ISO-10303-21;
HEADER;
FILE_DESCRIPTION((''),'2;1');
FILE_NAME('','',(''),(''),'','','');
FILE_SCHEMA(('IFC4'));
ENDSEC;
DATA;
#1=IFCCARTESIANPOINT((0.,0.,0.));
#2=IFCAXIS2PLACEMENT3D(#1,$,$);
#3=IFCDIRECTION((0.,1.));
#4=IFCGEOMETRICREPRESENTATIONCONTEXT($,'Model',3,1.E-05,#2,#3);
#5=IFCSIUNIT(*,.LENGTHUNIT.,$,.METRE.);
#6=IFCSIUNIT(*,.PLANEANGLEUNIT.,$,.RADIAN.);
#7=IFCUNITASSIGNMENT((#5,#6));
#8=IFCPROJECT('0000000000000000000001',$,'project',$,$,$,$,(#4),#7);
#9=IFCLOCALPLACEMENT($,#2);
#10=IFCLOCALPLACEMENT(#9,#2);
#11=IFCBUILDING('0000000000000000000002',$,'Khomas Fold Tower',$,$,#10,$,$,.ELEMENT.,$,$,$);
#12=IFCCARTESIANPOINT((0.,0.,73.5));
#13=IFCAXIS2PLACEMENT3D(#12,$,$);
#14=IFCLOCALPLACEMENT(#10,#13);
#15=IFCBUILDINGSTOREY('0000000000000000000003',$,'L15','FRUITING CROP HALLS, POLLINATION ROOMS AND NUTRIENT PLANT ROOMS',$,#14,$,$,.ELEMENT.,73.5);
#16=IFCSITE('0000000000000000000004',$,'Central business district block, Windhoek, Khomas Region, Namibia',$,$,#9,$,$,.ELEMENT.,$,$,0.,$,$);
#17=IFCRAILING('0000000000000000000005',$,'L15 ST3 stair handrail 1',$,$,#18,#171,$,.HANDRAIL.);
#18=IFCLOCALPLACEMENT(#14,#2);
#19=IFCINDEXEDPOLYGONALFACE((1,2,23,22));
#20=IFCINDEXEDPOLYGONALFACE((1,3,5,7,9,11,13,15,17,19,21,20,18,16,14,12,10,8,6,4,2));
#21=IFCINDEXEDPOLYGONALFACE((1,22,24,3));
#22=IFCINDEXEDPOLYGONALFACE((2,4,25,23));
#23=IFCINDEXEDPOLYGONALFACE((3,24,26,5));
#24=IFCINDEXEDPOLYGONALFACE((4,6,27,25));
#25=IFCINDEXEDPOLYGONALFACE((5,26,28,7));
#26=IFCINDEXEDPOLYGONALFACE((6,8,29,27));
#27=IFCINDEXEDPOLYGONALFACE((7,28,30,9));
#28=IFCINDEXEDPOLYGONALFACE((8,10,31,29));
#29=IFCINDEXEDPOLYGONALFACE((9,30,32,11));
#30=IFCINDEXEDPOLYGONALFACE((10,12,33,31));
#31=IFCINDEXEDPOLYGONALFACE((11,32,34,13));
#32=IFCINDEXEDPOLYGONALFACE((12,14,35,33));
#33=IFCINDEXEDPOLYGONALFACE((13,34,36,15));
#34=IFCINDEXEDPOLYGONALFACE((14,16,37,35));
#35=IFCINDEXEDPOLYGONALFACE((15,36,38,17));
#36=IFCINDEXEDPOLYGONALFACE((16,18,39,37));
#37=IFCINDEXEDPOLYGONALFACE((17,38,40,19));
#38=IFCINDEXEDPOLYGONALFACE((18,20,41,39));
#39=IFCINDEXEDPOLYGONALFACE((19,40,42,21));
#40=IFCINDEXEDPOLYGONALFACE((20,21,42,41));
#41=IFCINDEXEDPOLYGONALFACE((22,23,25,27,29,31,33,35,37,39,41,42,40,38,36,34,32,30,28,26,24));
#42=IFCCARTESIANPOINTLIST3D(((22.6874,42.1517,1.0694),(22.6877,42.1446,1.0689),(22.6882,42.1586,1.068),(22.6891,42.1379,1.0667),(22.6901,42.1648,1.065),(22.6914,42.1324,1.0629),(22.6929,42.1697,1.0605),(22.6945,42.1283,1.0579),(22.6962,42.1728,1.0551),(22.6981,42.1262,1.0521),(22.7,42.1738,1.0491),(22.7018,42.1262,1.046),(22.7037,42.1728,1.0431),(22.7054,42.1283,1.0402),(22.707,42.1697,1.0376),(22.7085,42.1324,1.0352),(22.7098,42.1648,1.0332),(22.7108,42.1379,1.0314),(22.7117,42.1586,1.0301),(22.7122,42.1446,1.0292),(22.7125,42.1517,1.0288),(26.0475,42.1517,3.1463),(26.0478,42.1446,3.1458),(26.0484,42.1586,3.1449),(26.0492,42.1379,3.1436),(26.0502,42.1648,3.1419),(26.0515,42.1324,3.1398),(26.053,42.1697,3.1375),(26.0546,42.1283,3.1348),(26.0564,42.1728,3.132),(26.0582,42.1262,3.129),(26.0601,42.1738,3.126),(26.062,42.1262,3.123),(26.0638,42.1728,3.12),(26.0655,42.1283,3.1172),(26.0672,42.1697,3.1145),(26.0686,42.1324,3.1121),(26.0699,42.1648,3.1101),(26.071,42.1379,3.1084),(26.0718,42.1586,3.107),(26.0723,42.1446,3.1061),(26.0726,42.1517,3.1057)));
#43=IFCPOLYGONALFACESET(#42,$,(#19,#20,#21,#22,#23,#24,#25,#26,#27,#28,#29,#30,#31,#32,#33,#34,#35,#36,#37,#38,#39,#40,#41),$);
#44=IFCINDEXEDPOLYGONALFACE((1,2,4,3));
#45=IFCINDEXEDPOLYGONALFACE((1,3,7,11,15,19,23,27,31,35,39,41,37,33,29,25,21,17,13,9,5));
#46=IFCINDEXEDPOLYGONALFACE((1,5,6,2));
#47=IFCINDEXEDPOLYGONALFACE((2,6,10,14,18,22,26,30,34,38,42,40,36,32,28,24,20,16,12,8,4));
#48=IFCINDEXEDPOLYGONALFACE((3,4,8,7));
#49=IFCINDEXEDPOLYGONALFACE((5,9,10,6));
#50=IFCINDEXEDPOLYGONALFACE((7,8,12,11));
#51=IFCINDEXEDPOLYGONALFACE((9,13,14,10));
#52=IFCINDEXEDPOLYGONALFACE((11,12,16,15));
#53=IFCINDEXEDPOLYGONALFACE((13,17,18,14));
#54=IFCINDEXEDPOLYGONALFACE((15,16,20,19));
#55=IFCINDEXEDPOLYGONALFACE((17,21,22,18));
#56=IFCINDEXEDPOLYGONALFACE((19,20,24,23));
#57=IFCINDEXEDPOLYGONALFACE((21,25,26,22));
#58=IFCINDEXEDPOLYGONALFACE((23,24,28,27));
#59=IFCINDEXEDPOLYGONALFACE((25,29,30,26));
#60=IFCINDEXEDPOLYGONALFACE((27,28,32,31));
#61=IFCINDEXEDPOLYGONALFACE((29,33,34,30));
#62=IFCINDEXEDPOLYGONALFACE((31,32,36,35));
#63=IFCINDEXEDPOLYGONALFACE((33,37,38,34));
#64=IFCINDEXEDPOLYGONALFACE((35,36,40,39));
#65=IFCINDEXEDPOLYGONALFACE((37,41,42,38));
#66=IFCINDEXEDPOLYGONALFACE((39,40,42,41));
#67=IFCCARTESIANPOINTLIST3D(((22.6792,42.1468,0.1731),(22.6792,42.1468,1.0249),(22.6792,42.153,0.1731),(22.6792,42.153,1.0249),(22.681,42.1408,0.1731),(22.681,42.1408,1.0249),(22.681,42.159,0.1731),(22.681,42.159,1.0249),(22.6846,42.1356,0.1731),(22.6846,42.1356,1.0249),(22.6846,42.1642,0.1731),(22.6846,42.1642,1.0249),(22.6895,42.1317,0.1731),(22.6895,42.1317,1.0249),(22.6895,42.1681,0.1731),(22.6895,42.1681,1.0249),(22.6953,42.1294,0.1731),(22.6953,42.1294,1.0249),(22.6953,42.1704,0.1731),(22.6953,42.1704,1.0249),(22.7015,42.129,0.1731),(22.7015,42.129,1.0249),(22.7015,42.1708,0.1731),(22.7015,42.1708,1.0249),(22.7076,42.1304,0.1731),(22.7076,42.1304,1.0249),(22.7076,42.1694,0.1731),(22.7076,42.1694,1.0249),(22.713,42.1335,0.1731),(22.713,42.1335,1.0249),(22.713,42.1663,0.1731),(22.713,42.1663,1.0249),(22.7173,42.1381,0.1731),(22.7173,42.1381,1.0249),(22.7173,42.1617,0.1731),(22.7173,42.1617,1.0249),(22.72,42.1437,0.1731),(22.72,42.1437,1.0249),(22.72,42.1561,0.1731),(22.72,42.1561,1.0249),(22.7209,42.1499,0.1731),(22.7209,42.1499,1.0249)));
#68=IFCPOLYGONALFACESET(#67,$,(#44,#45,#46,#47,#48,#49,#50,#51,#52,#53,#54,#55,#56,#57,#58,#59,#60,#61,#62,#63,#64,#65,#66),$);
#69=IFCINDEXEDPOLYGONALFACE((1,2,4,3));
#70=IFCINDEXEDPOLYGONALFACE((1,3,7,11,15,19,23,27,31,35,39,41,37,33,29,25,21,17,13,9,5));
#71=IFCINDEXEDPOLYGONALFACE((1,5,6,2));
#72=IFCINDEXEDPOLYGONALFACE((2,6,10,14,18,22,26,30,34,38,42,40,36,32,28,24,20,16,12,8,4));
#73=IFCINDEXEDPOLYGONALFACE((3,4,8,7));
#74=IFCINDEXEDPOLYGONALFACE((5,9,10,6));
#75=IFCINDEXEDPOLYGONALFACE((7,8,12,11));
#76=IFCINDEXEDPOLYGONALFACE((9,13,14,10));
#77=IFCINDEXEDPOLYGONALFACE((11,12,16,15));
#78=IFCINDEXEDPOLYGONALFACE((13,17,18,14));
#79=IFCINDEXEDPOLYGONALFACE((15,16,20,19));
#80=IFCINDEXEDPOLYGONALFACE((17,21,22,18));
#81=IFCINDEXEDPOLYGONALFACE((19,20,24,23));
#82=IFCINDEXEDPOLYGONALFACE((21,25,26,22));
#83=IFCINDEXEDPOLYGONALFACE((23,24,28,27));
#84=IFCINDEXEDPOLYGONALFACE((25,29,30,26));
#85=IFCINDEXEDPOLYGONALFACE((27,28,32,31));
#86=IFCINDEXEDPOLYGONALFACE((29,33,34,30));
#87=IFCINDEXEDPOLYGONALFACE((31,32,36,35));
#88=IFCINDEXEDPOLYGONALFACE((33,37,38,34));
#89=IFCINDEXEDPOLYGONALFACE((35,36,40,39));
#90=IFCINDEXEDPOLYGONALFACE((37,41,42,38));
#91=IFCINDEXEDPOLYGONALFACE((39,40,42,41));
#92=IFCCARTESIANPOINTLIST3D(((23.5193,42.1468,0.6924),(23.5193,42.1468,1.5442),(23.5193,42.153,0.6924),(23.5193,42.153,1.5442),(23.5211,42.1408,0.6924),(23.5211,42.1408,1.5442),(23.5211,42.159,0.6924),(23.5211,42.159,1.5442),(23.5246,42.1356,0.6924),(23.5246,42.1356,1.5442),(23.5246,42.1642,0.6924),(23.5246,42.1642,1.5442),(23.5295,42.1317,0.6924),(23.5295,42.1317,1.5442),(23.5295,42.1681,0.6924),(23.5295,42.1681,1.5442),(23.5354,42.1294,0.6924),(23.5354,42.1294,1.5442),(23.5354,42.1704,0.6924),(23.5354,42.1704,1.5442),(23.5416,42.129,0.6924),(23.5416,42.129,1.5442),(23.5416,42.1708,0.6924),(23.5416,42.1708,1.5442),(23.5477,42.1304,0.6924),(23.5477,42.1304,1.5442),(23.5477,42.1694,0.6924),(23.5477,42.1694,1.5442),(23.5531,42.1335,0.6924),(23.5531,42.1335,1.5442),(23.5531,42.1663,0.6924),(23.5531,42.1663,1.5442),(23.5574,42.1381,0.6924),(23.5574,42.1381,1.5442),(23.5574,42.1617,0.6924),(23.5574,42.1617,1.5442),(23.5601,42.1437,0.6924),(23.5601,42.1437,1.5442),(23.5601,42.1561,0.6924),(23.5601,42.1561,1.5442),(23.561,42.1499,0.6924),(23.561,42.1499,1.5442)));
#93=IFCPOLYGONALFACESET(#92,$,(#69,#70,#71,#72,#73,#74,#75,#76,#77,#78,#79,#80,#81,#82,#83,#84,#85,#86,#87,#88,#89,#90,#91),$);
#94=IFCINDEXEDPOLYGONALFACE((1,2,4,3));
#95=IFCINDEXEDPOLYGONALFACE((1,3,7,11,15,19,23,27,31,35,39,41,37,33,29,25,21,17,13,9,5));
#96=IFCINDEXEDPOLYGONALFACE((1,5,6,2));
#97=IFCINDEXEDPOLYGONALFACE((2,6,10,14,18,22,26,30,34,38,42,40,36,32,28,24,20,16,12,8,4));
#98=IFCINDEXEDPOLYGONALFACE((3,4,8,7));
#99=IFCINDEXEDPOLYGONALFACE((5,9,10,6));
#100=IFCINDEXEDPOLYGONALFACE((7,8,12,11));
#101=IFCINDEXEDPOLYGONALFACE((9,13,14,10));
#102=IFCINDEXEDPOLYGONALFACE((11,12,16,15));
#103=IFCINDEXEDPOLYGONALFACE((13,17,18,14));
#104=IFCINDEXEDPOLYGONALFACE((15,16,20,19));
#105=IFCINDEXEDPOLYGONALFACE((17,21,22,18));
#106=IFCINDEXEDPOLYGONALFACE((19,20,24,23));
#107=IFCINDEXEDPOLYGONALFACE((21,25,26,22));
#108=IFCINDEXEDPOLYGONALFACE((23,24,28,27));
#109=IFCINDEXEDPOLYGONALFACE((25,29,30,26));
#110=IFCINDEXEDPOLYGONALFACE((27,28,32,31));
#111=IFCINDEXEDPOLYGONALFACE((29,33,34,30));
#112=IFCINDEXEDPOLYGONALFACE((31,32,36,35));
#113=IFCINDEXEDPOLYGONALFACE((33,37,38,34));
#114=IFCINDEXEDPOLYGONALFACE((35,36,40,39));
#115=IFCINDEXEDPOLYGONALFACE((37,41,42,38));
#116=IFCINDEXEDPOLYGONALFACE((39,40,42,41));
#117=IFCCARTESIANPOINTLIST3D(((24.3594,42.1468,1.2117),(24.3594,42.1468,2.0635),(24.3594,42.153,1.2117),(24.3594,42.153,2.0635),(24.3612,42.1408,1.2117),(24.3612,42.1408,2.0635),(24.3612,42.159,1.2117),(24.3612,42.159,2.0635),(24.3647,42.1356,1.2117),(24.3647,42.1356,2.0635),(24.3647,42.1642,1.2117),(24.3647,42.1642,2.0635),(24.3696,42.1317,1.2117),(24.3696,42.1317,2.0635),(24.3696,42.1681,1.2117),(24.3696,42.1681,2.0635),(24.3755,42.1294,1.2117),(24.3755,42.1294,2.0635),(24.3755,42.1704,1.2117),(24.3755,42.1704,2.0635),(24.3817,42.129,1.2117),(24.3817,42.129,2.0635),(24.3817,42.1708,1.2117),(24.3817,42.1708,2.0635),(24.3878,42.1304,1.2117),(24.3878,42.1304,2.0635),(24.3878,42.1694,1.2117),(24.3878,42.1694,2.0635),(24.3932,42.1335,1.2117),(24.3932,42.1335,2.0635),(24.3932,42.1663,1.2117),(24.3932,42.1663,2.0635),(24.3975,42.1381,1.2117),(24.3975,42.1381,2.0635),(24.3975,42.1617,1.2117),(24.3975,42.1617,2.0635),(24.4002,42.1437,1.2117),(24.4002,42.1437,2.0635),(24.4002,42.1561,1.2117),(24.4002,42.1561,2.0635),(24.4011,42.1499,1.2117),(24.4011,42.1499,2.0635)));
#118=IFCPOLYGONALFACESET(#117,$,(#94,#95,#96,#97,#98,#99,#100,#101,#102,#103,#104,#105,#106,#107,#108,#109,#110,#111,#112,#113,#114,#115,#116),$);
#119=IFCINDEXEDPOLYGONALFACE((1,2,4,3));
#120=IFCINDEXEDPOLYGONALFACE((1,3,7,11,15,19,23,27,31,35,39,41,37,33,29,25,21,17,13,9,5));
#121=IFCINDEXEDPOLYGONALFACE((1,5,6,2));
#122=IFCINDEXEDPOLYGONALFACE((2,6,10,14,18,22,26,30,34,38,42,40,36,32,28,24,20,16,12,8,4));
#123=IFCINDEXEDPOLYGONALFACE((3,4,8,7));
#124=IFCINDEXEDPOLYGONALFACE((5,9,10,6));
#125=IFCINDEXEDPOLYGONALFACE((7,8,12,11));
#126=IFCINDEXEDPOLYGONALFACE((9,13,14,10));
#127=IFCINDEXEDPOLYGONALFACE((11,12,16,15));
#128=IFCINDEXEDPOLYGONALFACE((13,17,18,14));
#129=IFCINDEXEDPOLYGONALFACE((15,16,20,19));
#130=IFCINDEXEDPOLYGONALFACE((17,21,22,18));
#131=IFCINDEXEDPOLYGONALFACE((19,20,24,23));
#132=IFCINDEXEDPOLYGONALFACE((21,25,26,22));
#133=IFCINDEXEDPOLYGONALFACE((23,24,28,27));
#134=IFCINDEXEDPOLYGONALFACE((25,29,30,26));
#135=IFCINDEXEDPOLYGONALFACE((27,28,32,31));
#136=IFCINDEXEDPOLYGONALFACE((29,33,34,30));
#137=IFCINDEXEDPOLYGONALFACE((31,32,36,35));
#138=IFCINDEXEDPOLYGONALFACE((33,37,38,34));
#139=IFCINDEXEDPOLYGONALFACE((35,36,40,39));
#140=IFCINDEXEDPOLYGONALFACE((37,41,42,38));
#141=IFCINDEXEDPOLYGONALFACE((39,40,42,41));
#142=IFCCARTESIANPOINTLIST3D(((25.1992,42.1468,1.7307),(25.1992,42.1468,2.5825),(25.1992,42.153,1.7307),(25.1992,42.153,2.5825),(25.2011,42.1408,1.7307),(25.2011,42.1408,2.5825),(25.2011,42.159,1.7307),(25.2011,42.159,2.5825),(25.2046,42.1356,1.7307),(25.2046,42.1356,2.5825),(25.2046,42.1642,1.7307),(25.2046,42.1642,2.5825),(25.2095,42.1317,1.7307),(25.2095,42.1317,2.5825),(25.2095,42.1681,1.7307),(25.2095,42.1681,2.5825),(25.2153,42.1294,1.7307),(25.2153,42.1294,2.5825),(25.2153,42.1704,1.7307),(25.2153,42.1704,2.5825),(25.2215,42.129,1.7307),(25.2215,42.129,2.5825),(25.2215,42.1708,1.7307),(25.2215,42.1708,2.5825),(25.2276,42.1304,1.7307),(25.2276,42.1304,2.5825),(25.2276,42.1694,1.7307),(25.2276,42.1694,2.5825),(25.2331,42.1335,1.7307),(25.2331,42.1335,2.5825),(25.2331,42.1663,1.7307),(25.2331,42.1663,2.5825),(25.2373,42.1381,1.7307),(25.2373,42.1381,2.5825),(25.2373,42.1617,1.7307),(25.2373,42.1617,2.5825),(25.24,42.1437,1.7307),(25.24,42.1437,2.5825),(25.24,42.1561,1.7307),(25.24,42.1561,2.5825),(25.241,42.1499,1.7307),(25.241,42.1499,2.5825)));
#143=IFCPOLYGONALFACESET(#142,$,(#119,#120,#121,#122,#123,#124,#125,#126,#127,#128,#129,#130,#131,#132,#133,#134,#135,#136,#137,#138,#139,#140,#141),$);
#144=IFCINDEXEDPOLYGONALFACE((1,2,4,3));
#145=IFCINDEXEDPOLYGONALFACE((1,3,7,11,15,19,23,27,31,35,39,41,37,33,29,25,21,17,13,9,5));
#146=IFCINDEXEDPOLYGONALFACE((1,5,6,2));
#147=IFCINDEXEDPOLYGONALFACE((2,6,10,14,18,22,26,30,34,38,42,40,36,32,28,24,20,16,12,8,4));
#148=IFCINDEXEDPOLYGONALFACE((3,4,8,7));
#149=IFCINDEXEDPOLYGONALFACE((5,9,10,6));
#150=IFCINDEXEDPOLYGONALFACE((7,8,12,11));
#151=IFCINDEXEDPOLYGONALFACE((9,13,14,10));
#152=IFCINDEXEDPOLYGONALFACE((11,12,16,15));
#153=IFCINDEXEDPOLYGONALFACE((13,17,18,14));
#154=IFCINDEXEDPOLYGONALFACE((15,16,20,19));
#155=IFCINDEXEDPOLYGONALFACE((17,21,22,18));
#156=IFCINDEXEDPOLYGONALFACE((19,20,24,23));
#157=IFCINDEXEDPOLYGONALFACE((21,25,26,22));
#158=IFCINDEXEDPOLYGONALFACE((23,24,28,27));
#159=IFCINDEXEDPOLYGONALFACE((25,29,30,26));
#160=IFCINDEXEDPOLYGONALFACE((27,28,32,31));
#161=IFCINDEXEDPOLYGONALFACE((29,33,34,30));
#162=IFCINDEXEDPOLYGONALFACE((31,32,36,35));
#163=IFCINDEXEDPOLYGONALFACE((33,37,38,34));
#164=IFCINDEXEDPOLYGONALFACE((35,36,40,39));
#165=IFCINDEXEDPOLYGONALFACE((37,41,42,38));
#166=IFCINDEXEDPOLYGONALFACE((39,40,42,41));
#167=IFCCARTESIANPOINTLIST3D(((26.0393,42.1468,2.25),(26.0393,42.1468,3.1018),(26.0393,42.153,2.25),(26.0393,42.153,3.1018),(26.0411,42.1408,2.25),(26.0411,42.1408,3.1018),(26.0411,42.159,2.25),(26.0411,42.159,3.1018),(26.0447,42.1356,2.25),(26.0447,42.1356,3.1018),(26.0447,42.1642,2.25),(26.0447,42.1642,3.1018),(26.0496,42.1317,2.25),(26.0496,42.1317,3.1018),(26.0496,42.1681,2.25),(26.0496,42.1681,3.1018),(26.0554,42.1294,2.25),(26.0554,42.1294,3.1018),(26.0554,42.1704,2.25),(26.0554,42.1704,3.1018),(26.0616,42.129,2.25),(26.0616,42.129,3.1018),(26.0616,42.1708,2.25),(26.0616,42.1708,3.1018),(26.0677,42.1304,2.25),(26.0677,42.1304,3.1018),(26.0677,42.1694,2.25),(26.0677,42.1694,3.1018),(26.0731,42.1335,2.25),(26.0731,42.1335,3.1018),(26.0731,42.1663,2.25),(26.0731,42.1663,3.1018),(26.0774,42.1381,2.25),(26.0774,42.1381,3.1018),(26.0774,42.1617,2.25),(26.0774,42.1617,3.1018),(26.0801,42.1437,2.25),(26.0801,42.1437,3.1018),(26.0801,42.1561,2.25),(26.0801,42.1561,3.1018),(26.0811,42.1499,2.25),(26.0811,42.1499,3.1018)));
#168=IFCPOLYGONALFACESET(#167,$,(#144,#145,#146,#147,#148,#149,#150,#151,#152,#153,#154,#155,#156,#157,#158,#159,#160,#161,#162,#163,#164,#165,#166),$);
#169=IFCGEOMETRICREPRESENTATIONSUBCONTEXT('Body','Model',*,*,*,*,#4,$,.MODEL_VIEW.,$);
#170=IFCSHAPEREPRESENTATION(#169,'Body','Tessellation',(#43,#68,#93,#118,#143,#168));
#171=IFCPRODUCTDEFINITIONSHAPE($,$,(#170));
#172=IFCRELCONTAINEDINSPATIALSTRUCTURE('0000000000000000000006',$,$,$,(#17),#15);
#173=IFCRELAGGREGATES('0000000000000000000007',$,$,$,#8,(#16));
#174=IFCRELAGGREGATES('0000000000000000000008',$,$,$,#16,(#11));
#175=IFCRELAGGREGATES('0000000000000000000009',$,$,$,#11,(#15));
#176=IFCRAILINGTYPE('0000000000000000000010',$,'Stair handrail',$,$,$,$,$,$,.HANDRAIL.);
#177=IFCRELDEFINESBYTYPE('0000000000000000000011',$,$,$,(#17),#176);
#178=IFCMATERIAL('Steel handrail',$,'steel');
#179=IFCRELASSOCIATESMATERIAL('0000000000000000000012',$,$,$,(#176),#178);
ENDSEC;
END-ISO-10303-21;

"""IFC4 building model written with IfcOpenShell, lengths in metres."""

from ifc_helpers import new_model, si_unit, direction, frame, origin, origin_2d, place, context, subcontext, project, spatial, circle, extrude, source, transform, mapped, material, type_object, element, save


model = new_model("IFC4")

# Units and contexts
model_context = context("Model", 3, precision=1e-05, world=origin(), true_north=direction((0.0, 1.0)))
body_context = subcontext(model_context, "Body", "Model", "MODEL_VIEW")
ifc_project = project(units=[si_unit("LENGTHUNIT", "METRE"), si_unit("PLANEANGLEUNIT", "RADIAN")], contexts=[model_context])

# Site, building, storey
site_placement = place(None, origin())
site = spatial("IfcSite", under=ifc_project, at=site_placement, Name="Central business district block, Windhoek, Khomas Region, Namibia", CompositionType="ELEMENT", RefElevation=0.0)
building_placement = place(site_placement, origin())
building = spatial("IfcBuilding", under=site, at=building_placement, Name="Khomas Fold Tower", CompositionType="ELEMENT")
storey_placement = place(building_placement, frame((0.0, 0.0, 73.5)))
storey = spatial("IfcBuildingStorey", under=building, at=storey_placement, Name="L15", Description="FRUITING CROP HALLS, POLLINATION ROOMS AND NUTRIENT PLANT ROOMS", CompositionType="ELEMENT", Elevation=73.5)

# Railing
ifc_material_1 = material(Name="Steel handrail", Category="steel")
railing_type_1 = type_object("IfcRailingType", Name="Stair handrail", PredefinedType="HANDRAIL", material=ifc_material_1)
shared_shape_1 = source(origin(), body_context, "Body", "SweptSolid", [
    extrude(circle(Radius=0.0239, at=origin_2d()), frame((0.0, 0.0, 0.876), z_axis=(0.850623, 0.0, 0.525776), x_axis=(0.0, 1.0, 0.0)), (0.0, 0.0, 1.0), 3.9502),
    extrude(circle(Radius=0.021, at=origin_2d()), origin(), (0.0, 0.0, 1.0), 0.8518),
    extrude(circle(Radius=0.021, at=origin_2d()), frame((0.8401, 0.0, 0.5193)), (0.0, 0.0, 1.0), 0.8518),
    extrude(circle(Radius=0.021, at=origin_2d()), frame((1.6802, 0.0, 1.0386)), (0.0, 0.0, 1.0), 0.8518),
    extrude(circle(Radius=0.021, at=origin_2d()), frame((2.52, 0.0, 1.5576)), (0.0, 0.0, 1.0), 0.8518),
    extrude(circle(Radius=0.021, at=origin_2d()), frame((3.3601, 0.0, 2.0769)), (0.0, 0.0, 1.0), 0.8518),
])
railing_1_placement = place(storey_placement, frame((22.7, 42.1499, 0.1731)))
element("IfcRailing", 1, at=railing_1_placement, inside=storey, type_object=railing_type_1, Name="L15 ST3 stair handrail 1", PredefinedType="HANDRAIL", context=body_context, shape_type="MappedRepresentation", body=[
    mapped(shared_shape_1, transform((0.0, 0.0, 0.0))),
])

save(model, "model.ifc")
